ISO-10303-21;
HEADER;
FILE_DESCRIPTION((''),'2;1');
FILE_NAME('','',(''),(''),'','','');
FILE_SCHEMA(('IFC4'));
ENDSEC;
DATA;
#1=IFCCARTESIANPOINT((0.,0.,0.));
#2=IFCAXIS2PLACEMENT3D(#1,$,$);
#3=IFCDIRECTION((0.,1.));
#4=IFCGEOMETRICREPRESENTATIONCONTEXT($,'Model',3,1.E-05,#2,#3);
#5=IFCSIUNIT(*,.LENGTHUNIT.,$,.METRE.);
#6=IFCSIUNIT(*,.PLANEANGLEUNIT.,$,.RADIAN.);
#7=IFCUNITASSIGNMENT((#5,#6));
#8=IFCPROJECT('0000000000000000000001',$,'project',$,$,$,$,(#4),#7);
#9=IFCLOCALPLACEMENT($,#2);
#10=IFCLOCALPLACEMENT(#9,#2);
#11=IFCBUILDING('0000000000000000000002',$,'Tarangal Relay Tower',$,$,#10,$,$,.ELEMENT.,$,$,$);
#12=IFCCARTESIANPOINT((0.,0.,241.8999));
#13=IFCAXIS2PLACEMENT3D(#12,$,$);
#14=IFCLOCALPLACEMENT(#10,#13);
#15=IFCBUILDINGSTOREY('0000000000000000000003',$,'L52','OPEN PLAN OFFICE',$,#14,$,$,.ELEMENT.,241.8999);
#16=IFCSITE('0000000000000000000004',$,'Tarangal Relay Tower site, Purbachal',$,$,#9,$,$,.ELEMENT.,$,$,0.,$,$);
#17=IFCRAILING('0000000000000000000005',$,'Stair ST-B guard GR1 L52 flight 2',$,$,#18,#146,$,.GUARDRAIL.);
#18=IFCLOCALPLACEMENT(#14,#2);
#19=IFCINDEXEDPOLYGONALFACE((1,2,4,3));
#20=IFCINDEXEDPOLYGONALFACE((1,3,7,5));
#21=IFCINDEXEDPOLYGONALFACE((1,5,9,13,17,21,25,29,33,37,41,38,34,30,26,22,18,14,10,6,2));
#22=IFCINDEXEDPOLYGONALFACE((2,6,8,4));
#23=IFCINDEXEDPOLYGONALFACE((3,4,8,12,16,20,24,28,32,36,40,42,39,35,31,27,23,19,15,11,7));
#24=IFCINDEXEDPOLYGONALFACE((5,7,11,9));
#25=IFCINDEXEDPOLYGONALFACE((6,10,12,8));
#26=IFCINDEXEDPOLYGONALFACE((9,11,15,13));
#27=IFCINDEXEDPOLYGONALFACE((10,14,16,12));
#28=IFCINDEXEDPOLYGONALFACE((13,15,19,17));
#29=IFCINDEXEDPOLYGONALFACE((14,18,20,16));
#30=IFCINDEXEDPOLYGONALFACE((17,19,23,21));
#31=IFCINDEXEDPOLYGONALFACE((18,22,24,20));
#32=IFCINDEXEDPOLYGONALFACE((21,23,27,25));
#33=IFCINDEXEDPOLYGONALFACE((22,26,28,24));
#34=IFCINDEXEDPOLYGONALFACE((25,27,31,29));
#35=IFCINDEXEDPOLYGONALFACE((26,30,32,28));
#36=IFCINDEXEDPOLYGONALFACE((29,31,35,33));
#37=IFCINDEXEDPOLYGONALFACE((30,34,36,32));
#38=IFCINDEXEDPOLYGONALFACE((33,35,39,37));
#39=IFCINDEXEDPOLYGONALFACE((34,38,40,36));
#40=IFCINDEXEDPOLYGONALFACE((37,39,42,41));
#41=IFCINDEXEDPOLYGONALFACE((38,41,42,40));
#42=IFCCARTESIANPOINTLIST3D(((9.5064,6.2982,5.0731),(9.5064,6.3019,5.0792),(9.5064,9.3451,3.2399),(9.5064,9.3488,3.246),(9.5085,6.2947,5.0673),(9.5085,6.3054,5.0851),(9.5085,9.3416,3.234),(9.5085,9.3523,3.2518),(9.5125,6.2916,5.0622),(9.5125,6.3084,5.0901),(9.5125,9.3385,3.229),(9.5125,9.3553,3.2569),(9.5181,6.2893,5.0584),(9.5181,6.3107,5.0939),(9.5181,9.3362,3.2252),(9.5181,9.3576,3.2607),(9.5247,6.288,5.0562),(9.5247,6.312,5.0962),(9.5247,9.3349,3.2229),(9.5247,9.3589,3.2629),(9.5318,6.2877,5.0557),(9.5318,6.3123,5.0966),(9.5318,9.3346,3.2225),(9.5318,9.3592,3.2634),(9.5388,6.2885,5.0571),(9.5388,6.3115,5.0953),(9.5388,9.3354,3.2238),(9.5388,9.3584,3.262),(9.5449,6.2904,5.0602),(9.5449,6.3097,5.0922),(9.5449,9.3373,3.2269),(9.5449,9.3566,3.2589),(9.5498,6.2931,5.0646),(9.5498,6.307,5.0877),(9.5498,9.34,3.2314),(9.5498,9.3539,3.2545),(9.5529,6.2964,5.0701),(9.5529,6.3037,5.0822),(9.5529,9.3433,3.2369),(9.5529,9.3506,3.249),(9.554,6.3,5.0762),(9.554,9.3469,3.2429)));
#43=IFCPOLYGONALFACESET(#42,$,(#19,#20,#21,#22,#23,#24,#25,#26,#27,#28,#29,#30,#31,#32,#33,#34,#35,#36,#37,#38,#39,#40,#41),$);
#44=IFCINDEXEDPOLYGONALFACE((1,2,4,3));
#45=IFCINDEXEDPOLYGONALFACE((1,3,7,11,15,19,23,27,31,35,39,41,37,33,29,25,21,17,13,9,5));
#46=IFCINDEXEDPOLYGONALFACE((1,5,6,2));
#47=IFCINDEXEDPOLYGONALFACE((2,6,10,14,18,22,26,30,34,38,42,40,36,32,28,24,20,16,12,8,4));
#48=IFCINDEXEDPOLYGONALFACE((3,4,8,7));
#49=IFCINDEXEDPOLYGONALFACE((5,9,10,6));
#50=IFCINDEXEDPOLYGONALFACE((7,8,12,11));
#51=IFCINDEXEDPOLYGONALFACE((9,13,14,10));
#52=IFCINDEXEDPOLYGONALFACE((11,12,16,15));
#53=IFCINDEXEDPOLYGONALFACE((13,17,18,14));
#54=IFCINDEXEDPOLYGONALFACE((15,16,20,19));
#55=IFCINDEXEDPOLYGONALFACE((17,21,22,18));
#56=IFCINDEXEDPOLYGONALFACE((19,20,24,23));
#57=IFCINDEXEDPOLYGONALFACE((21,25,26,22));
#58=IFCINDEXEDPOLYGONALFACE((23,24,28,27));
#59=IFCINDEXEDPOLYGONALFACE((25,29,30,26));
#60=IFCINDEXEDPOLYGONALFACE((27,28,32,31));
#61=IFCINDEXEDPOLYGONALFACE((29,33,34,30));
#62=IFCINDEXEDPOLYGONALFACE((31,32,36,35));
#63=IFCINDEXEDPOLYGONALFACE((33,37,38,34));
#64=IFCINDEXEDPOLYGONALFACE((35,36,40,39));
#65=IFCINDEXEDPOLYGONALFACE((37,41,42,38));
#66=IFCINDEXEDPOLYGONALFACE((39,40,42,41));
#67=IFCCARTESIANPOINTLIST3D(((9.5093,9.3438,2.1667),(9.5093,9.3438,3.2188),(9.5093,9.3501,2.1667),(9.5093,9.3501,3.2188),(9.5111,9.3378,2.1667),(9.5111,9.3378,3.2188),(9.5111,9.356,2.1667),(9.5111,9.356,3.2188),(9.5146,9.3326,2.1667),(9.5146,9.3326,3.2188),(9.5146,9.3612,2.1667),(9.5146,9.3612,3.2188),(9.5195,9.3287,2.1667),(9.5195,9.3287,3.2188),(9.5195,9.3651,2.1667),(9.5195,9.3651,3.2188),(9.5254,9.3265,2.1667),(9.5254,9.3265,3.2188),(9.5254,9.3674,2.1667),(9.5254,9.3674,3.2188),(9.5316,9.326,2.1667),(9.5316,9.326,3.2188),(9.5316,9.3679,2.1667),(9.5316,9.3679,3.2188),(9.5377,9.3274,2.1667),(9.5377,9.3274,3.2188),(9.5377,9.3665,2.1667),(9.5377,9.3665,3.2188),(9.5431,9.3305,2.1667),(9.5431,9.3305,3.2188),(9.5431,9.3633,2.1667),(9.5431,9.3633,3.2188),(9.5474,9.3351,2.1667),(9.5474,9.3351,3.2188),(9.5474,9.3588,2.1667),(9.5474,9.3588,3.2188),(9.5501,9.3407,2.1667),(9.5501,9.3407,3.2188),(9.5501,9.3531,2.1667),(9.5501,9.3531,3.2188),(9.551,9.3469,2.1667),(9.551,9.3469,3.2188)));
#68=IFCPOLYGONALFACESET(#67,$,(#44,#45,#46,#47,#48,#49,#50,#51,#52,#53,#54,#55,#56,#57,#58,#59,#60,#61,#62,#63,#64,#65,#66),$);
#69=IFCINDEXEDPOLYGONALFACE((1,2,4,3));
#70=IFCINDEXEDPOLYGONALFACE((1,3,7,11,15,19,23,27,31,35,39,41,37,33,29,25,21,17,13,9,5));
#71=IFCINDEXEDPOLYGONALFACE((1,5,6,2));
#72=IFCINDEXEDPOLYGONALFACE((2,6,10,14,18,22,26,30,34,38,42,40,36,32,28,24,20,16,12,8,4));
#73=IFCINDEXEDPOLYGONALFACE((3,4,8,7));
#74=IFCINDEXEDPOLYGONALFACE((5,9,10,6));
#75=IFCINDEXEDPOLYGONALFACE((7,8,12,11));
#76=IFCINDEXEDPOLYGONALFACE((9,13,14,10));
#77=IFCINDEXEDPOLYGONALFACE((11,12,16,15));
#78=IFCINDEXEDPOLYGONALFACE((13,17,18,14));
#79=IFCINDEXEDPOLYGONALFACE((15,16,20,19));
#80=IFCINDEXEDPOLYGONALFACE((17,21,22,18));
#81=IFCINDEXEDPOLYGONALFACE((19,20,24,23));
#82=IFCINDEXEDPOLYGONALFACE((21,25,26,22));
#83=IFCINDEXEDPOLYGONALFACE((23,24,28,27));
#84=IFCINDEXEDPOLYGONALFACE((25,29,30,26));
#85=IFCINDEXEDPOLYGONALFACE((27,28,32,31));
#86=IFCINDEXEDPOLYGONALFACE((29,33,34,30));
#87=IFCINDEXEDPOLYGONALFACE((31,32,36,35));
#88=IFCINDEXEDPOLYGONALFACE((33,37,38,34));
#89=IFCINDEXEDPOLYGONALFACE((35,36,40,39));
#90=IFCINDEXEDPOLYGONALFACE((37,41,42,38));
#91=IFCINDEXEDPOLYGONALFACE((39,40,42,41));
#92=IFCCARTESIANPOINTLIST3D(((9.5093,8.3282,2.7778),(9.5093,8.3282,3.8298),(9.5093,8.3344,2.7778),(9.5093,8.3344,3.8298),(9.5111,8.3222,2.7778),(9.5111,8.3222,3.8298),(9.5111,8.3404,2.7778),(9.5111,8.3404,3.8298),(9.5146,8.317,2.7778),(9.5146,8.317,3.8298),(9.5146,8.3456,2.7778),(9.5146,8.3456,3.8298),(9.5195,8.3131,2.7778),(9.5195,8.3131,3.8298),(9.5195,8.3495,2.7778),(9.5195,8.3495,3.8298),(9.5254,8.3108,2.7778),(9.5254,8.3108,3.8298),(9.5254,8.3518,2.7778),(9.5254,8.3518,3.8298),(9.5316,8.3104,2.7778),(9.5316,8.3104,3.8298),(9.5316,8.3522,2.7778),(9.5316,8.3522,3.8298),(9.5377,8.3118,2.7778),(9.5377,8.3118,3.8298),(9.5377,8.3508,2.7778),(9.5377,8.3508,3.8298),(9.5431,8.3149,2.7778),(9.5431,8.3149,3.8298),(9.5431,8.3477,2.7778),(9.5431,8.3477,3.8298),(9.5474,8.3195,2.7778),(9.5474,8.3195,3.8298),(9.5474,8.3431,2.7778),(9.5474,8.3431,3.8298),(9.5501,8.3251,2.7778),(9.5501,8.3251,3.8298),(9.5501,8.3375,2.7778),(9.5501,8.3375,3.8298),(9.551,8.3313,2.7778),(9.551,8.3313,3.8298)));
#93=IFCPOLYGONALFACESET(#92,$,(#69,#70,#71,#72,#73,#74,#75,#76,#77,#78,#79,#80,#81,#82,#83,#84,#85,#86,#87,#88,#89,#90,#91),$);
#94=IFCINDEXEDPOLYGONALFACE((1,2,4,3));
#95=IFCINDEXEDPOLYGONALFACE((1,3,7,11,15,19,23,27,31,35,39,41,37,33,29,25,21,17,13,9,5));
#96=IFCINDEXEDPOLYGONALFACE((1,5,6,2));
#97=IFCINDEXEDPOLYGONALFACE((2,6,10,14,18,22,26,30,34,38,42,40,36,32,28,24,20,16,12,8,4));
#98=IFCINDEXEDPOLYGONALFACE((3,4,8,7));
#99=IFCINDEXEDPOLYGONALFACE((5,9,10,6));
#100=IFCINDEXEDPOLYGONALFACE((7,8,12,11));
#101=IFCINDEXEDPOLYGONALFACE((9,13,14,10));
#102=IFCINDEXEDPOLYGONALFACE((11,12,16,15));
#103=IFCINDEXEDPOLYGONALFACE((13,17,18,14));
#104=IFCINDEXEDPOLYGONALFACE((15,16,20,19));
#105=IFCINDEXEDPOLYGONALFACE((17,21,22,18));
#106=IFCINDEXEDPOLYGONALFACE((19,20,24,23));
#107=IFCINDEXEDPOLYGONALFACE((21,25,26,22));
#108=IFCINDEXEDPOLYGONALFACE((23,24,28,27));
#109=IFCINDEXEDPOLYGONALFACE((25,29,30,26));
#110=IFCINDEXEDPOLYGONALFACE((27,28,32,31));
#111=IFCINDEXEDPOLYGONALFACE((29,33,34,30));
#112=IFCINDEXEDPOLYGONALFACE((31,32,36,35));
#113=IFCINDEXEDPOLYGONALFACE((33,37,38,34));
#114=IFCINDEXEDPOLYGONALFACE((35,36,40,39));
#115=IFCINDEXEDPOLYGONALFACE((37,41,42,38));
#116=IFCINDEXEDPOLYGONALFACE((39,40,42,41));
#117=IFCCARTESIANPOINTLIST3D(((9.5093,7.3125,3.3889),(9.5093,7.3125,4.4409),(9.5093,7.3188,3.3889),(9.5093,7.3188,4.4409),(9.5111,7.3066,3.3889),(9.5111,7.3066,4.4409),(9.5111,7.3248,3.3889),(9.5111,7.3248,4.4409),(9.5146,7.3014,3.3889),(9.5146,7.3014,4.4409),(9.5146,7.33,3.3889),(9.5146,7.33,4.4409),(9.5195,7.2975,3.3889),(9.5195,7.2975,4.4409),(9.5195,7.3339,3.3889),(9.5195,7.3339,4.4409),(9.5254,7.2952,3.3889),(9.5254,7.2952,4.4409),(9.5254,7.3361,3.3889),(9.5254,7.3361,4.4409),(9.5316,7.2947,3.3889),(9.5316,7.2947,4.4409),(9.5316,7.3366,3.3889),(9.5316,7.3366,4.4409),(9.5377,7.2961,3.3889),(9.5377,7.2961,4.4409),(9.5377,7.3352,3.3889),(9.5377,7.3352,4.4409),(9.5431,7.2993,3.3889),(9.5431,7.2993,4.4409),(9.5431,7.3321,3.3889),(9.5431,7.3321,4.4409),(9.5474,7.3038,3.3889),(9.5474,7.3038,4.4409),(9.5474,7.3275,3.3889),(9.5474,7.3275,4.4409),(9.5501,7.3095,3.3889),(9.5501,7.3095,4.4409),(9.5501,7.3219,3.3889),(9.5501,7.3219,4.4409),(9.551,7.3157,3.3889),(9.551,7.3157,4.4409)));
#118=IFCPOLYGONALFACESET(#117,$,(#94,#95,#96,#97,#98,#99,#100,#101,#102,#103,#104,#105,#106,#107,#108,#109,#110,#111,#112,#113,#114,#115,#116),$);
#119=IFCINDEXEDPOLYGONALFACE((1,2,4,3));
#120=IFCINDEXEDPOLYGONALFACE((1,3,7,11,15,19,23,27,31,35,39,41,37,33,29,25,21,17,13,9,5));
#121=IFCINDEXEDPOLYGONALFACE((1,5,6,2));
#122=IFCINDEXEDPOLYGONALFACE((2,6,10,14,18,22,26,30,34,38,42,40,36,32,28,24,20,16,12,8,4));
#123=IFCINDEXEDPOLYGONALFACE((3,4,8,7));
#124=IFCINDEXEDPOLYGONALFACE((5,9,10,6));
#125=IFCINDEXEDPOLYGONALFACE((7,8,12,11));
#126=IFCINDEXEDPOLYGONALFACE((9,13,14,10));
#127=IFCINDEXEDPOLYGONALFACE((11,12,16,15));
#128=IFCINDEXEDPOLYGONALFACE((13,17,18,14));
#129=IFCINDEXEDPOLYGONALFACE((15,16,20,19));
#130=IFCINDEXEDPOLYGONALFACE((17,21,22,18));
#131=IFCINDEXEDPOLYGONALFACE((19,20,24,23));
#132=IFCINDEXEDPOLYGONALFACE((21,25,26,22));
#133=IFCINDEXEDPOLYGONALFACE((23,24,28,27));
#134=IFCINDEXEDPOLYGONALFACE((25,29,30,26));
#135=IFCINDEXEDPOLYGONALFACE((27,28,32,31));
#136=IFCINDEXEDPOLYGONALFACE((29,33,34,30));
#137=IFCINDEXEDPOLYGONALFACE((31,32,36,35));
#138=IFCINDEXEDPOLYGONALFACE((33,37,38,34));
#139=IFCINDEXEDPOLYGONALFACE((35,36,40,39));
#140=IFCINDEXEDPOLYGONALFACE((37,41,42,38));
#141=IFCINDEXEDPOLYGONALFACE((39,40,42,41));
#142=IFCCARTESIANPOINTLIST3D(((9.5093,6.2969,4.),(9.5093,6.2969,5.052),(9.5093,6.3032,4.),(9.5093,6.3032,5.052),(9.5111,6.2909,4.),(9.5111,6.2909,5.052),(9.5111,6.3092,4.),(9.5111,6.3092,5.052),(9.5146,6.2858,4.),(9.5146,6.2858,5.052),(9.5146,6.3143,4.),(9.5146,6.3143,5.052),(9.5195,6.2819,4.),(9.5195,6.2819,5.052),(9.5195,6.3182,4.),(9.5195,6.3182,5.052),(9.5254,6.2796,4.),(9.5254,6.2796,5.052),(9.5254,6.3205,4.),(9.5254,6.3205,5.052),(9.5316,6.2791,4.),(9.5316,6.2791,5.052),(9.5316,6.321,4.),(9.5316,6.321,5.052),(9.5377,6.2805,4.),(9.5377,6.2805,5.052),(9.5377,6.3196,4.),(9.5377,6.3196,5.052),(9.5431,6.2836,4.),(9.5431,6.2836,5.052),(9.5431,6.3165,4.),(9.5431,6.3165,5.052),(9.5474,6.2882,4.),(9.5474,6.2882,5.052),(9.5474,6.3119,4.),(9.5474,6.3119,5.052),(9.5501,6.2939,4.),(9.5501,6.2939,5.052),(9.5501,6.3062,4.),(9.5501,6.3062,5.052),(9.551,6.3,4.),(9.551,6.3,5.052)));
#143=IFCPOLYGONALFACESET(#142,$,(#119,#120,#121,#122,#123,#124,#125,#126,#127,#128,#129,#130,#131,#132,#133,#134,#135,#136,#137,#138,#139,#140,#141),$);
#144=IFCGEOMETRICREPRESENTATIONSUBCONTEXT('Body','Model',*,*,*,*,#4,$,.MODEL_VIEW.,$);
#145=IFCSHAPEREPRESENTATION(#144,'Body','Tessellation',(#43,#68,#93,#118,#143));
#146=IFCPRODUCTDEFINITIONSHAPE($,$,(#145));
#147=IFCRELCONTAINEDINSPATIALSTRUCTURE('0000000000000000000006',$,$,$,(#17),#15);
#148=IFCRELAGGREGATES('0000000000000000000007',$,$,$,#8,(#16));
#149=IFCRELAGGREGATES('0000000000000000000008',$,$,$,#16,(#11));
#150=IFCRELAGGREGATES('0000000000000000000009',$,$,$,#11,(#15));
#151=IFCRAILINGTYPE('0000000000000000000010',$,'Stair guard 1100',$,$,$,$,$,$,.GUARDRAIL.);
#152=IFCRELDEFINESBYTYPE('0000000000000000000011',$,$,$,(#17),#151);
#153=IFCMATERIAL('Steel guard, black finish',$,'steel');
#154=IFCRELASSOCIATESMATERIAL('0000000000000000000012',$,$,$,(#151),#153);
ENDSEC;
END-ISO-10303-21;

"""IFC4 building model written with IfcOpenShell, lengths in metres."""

from ifc_helpers import new_model, si_unit, direction, frame, origin, origin_2d, place, context, subcontext, project, spatial, circle, extrude, material, type_object, element, save


model = new_model("IFC4")

# Units and contexts
model_context = context("Model", 3, precision=1e-05, world=origin(), true_north=direction((0.0, 1.0)))
body_context = subcontext(model_context, "Body", "Model", "MODEL_VIEW")
ifc_project = project(units=[si_unit("LENGTHUNIT", "METRE"), si_unit("PLANEANGLEUNIT", "RADIAN")], contexts=[model_context])

# Site, building, storey
site_placement = place(None, origin())
site = spatial("IfcSite", under=ifc_project, at=site_placement, Name="Tarangal Relay Tower site, Purbachal", CompositionType="ELEMENT", RefElevation=0.0)
building_placement = place(site_placement, origin())
building = spatial("IfcBuilding", under=site, at=building_placement, Name="Tarangal Relay Tower", CompositionType="ELEMENT")
storey_placement = place(building_placement, frame((0.0, 0.0, 241.8999)))
storey = spatial("IfcBuildingStorey", under=building, at=storey_placement, Name="L52", Description="OPEN PLAN OFFICE", CompositionType="ELEMENT", Elevation=241.8999)

# Railing
ifc_material_1 = material(Name="Steel guard, black finish", Category="steel")
railing_type_1 = type_object("IfcRailingType", Name="Stair guard 1100", PredefinedType="GUARDRAIL", material=ifc_material_1)
railing_1_placement = place(storey_placement, frame((9.53, 9.3469, 2.1667)))
element("IfcRailing", 1, at=railing_1_placement, inside=storey, type_object=railing_type_1, Name="Stair ST-B guard GR1 L52 flight 2", PredefinedType="GUARDRAIL", context=body_context, shape_type="SweptSolid", body=[
    extrude(circle(Radius=0.0239, at=origin_2d()), frame((0.0, 0.0, 1.0762), z_axis=(0.0, -0.856856, 0.515556), x_axis=(1.0, 0.0, 0.0)), (0.0, 0.0, 1.0), 3.5559),
    extrude(circle(Radius=0.021, at=origin_2d()), origin(), (0.0, 0.0, 1.0), 1.052),
    extrude(circle(Radius=0.021, at=origin_2d()), frame((0.0, -1.0156, 0.6111)), (0.0, 0.0, 1.0), 1.052),
    extrude(circle(Radius=0.021, at=origin_2d()), frame((0.0, -2.0312, 1.2222)), (0.0, 0.0, 1.0), 1.052),
    extrude(circle(Radius=0.021, at=origin_2d()), frame((0.0, -3.0469, 1.8333)), (0.0, 0.0, 1.0), 1.052),
])

save(model, "model.ifc")
